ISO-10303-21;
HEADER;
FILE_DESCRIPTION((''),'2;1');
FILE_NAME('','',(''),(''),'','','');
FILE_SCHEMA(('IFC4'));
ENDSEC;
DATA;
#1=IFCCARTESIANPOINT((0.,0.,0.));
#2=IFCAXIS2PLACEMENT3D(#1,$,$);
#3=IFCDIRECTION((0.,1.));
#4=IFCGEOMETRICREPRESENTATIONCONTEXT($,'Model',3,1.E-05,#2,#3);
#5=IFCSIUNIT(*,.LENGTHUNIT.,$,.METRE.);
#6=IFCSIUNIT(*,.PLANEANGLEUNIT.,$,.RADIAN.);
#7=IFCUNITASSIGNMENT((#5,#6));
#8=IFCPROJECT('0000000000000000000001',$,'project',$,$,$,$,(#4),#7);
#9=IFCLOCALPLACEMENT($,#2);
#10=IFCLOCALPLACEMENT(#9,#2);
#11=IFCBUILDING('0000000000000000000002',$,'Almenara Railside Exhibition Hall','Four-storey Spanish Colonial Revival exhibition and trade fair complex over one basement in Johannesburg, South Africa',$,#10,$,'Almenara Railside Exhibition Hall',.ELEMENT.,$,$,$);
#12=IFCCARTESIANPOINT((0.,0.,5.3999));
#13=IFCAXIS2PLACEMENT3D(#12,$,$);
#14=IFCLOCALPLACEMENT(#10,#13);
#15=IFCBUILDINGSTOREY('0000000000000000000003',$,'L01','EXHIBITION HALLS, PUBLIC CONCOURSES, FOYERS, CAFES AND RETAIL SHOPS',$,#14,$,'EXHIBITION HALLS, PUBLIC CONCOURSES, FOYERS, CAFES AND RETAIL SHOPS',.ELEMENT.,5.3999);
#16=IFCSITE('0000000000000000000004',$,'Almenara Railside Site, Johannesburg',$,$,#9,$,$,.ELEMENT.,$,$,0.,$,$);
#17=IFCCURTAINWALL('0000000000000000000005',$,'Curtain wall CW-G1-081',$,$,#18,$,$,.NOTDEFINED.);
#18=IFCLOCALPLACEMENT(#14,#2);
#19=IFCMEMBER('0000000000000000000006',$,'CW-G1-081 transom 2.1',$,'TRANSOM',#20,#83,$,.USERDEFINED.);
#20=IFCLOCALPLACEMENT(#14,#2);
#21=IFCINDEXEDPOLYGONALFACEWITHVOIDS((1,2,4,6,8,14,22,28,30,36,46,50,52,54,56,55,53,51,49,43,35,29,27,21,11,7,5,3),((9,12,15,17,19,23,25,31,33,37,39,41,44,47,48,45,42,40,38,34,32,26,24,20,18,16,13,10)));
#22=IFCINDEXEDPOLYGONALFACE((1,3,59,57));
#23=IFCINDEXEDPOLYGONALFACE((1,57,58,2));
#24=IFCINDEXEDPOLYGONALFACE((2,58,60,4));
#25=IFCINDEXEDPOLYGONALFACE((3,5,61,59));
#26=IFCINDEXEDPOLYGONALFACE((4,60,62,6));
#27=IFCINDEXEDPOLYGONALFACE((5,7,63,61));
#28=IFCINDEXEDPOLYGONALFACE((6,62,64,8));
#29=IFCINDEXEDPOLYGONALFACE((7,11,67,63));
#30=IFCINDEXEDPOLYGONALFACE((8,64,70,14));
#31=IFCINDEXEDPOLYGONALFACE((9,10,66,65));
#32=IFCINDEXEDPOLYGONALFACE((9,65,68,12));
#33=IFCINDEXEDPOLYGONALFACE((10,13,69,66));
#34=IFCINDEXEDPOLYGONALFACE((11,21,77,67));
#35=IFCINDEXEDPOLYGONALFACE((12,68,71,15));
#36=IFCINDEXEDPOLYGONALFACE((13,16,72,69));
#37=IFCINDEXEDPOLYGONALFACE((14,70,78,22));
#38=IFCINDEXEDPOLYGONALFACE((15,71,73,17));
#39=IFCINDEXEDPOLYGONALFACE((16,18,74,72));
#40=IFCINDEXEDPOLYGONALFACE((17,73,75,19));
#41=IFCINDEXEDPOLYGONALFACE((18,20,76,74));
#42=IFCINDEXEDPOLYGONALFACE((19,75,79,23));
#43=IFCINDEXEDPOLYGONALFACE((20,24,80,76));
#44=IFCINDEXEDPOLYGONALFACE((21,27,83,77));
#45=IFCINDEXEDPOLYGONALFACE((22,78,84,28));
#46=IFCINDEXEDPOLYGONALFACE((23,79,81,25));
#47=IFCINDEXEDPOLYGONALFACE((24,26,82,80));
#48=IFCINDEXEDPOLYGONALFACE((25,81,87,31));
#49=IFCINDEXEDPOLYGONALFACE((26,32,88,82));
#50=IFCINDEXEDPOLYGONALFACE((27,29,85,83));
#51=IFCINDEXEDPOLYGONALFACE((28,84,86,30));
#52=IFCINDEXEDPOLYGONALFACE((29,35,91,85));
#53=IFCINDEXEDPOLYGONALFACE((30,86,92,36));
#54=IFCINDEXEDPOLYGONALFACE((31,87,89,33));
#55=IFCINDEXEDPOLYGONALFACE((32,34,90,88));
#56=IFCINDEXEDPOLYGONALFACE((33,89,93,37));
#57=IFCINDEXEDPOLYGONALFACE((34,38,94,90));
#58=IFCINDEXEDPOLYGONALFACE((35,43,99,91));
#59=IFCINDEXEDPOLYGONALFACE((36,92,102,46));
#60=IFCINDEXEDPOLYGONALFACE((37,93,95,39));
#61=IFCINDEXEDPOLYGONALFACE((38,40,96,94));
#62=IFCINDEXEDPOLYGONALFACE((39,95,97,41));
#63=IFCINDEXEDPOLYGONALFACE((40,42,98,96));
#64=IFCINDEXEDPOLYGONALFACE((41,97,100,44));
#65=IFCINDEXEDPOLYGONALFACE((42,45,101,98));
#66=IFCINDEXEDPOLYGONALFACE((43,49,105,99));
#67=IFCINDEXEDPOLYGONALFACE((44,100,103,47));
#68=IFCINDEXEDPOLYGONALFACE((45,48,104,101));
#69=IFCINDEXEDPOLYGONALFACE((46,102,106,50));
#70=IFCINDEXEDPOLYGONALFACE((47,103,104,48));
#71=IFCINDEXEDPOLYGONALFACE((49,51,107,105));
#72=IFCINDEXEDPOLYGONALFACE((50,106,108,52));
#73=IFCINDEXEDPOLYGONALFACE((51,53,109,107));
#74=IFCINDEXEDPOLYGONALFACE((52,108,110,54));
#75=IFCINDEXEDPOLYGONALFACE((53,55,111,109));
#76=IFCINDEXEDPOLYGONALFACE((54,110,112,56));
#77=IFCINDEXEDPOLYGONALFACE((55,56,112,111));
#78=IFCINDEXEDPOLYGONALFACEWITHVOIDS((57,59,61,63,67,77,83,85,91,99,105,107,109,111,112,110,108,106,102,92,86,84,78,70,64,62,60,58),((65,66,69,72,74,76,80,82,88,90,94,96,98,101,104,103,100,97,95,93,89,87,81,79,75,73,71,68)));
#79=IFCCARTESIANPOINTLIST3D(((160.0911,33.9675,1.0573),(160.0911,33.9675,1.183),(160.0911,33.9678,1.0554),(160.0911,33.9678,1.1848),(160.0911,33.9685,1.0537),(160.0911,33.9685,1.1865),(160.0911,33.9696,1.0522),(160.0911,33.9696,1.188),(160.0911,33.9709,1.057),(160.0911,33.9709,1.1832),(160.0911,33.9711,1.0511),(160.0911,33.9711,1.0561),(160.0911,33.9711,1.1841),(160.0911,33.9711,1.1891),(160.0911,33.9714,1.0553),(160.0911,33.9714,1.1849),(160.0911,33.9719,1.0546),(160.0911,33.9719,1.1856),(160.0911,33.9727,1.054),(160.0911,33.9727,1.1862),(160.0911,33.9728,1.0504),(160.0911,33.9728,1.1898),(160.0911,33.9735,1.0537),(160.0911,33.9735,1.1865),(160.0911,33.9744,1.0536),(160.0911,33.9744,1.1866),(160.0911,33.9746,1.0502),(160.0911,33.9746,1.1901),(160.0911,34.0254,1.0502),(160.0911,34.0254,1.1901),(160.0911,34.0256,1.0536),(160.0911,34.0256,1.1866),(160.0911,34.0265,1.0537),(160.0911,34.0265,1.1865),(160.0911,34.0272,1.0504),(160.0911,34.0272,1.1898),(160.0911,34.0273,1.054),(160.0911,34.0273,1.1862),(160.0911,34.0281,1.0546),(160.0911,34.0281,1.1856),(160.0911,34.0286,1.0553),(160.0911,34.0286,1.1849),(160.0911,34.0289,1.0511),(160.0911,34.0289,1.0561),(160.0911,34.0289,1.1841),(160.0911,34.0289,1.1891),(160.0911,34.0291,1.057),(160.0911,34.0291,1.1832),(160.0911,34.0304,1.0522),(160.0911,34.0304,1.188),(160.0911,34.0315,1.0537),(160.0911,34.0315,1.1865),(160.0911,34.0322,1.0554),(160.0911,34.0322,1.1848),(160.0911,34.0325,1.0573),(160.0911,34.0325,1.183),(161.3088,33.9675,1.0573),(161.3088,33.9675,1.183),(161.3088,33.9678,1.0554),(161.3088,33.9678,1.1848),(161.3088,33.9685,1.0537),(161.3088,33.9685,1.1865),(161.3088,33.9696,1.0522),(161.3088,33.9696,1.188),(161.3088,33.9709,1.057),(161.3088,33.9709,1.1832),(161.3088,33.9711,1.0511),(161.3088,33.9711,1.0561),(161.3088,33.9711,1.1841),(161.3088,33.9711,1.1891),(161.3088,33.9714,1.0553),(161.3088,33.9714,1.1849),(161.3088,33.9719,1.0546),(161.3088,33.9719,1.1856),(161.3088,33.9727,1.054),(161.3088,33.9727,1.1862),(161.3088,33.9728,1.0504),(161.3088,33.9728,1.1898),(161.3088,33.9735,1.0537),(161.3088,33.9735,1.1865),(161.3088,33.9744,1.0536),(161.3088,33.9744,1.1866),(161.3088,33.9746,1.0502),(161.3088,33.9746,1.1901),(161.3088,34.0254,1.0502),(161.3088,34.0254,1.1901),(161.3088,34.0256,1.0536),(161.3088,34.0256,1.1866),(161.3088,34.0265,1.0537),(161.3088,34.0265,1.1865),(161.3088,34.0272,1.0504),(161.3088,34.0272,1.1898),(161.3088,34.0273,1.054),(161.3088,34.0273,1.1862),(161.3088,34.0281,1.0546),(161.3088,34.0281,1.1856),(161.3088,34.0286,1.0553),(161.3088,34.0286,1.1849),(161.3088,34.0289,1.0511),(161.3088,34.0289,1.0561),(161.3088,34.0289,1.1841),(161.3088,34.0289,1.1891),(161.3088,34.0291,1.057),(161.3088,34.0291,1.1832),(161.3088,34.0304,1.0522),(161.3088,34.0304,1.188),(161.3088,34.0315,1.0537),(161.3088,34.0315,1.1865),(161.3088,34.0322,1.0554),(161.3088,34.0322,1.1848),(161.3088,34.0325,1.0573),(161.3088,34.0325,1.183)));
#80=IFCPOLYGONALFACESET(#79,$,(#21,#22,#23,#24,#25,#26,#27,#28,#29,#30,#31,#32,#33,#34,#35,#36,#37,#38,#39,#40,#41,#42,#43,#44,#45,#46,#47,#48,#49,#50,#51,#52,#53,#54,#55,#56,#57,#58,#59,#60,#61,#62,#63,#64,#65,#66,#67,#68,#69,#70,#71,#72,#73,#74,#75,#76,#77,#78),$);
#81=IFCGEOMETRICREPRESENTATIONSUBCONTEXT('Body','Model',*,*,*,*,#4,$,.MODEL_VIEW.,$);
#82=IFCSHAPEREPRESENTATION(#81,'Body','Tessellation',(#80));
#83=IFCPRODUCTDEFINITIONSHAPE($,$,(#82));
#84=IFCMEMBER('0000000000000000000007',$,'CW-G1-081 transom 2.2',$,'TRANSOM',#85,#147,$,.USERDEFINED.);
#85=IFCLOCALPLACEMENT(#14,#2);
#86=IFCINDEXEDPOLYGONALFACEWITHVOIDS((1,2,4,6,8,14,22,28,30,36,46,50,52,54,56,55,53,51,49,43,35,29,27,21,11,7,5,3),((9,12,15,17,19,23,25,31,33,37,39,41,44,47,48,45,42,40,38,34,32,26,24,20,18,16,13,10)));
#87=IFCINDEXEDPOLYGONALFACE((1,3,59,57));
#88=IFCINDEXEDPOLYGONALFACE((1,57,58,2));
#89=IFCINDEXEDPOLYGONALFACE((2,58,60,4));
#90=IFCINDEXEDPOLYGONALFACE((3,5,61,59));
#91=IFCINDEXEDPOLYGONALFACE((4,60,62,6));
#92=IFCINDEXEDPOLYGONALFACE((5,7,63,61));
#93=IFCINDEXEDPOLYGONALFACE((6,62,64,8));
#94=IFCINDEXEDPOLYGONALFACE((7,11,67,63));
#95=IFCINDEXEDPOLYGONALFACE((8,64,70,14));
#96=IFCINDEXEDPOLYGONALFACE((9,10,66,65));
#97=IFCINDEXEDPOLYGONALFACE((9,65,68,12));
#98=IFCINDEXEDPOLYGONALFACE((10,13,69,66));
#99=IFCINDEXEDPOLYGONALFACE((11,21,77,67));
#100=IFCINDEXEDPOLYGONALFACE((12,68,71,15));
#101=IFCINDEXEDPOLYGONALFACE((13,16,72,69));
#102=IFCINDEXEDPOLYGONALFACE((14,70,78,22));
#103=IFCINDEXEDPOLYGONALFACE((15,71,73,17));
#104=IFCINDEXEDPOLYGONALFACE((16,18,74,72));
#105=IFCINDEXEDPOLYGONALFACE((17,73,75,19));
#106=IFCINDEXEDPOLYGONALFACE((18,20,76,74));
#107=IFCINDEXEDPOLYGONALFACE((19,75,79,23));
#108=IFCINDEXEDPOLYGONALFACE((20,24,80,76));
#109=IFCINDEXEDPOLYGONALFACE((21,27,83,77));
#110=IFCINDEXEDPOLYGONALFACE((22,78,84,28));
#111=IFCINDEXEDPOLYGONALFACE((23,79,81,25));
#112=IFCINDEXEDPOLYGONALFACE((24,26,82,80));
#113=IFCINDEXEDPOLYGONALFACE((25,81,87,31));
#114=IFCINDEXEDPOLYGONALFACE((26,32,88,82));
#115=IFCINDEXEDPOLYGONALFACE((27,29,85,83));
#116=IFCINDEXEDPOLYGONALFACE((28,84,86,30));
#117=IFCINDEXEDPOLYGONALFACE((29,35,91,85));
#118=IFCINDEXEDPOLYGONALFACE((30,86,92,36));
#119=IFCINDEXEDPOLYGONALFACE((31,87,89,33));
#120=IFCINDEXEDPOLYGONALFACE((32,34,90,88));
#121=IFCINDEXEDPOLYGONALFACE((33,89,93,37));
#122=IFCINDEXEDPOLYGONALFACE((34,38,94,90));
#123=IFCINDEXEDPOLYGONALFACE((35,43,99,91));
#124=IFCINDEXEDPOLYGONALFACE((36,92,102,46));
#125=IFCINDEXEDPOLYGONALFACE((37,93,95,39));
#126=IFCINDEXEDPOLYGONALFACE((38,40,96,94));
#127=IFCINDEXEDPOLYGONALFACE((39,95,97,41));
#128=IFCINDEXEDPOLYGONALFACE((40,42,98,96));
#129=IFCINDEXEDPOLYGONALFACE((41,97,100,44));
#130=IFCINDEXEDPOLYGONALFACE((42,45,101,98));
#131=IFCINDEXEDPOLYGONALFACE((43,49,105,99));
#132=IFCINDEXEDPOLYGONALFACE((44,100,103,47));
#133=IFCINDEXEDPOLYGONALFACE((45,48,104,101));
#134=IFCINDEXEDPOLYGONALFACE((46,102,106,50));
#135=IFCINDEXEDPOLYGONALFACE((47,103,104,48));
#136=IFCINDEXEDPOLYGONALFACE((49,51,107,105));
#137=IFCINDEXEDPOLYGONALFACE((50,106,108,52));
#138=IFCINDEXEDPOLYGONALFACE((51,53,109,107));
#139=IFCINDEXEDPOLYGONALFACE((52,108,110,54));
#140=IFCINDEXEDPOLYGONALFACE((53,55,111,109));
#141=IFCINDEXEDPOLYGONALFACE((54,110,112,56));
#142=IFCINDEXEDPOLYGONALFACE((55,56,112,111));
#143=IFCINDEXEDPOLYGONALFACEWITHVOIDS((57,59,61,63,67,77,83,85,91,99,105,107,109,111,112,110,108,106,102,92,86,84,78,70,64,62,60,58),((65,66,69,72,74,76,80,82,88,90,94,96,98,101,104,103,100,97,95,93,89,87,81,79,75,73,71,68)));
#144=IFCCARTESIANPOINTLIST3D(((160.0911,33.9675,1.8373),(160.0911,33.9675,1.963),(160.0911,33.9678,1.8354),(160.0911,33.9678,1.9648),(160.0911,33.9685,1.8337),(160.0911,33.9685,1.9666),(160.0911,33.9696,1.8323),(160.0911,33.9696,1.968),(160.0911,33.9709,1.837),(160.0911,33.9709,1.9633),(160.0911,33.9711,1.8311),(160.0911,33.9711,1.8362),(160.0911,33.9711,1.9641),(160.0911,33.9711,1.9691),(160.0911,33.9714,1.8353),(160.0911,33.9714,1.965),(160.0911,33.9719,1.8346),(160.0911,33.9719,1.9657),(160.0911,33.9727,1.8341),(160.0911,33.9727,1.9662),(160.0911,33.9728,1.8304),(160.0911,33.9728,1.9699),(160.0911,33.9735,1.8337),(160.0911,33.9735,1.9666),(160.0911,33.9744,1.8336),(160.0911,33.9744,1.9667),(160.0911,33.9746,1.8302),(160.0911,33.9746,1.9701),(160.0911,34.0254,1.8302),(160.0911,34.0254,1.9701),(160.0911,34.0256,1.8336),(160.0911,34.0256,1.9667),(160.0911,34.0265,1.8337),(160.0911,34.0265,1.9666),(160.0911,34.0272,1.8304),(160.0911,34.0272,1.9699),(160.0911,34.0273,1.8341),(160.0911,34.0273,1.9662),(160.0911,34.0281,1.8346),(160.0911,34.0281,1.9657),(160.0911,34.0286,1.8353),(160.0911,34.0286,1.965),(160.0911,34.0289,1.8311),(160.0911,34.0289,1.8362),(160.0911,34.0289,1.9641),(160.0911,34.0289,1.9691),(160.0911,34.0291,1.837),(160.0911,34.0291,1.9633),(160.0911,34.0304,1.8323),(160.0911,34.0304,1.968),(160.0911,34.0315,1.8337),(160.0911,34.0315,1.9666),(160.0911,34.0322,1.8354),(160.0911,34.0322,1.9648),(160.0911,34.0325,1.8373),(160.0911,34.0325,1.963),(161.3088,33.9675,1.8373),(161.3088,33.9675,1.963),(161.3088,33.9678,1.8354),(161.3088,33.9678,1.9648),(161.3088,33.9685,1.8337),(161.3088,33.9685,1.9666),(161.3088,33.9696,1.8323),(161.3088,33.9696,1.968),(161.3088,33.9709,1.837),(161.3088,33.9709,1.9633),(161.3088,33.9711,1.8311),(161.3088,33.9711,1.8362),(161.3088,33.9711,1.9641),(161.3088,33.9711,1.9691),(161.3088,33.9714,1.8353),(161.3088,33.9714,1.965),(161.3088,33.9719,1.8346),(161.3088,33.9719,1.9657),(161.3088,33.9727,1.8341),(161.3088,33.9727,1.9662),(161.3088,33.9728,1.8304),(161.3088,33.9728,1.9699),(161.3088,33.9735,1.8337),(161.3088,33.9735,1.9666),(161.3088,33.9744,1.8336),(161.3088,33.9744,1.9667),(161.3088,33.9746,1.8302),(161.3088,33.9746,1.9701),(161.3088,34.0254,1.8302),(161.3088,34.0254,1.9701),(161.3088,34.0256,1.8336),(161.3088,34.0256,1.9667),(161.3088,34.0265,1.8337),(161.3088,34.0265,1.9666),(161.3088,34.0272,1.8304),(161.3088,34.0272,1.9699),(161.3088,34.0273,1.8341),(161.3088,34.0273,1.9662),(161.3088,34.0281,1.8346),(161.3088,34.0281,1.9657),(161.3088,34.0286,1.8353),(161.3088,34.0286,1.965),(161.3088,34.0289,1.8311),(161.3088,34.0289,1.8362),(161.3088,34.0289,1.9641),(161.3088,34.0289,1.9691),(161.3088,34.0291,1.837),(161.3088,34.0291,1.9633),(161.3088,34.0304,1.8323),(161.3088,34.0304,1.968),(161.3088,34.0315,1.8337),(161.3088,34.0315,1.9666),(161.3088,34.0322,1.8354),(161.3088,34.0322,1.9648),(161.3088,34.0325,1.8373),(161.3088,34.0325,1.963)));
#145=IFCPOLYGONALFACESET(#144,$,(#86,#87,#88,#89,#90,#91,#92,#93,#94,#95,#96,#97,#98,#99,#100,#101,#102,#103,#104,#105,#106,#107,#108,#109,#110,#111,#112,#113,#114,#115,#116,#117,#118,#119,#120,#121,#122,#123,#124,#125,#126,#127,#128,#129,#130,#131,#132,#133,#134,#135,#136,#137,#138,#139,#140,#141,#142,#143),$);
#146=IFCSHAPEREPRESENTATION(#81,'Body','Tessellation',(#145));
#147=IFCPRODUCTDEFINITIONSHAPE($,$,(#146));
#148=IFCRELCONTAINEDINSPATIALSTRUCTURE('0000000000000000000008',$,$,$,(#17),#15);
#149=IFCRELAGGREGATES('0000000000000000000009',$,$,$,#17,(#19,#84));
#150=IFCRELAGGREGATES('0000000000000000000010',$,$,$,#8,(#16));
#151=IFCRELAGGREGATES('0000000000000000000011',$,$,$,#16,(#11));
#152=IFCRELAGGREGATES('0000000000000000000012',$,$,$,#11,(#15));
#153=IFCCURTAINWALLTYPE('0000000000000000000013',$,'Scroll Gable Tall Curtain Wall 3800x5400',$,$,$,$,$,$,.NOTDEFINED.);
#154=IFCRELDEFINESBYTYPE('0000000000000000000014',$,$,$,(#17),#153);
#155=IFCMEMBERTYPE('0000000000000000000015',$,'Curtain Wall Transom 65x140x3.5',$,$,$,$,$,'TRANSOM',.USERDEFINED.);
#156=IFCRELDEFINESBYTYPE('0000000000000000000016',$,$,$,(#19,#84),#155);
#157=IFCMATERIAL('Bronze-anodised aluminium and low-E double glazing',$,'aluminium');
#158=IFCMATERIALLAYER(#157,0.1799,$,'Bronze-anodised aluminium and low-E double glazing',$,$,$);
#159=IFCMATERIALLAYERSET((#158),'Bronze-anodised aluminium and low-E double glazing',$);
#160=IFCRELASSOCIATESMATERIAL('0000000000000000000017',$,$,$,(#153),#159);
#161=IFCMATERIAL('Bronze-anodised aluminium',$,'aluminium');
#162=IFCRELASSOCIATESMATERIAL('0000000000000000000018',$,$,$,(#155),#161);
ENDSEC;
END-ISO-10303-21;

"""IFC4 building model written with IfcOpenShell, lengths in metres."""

from ifc_helpers import new_model, si_unit, direction, frame, origin, origin_2d, place, context, subcontext, project, spatial, hollow_rectangle, extrude, material, layer, layer_set, material_profile, profile_set, type_object, element, aggregate, save


model = new_model("IFC4")

# Units and contexts
model_context = context("Model", 3, precision=1e-05, world=origin(), true_north=direction((0.0, 1.0)))
body_context = subcontext(model_context, "Body", "Model", "MODEL_VIEW")
ifc_project = project(units=[si_unit("LENGTHUNIT", "METRE"), si_unit("PLANEANGLEUNIT", "RADIAN")], contexts=[model_context])

# Site, building, storey
site_placement = place(None, origin())
site = spatial("IfcSite", under=ifc_project, at=site_placement, Name="Almenara Railside Site, Johannesburg", CompositionType="ELEMENT", RefElevation=0.0)
building_placement = place(site_placement, origin())
building = spatial("IfcBuilding", under=site, at=building_placement, Name="Almenara Railside Exhibition Hall", Description="Four-storey Spanish Colonial Revival exhibition and trade fair complex over one basement in Johannesburg, South Africa", LongName="Almenara Railside Exhibition Hall", CompositionType="ELEMENT")
storey_placement = place(building_placement, frame((0.0, 0.0, 5.3999)))
storey = spatial("IfcBuildingStorey", under=building, at=storey_placement, Name="L01", Description="EXHIBITION HALLS, PUBLIC CONCOURSES, FOYERS, CAFES AND RETAIL SHOPS", LongName="EXHIBITION HALLS, PUBLIC CONCOURSES, FOYERS, CAFES AND RETAIL SHOPS", CompositionType="ELEMENT", Elevation=5.3999)

# Curtain wall
ifc_material_1 = material(Name="Bronze-anodised aluminium and low-E double glazing", Category="aluminium")
ifc_layer_1 = layer(ifc_material_1, 0.1799, Name="Bronze-anodised aluminium and low-E double glazing")
ifc_layer_set_1 = layer_set([ifc_layer_1], Name="Bronze-anodised aluminium and low-E double glazing")
curtain_wall_type_1 = type_object("IfcCurtainWallType", Name="Scroll Gable Tall Curtain Wall 3800x5400", PredefinedType="NOTDEFINED", material=ifc_layer_set_1)
curtain_wall_1_placement = place(storey_placement, origin())
curtain_wall_1 = element("IfcCurtainWall", 1, at=curtain_wall_1_placement, inside=storey, type_object=curtain_wall_type_1, Name="Curtain wall CW-G1-081", PredefinedType="NOTDEFINED")
ifc_material_2 = material(Name="Bronze-anodised aluminium", Category="aluminium")

# Members
ifc_material_profile_1 = material_profile(ifc_material_2, hollow_rectangle(XDim=0.0649, YDim=0.1399, WallThickness=0.0034, InnerFilletRadius=0.0034, OuterFilletRadius=0.0071, at=origin_2d()), Name="ALU-TRN 65x140x3.5")
ifc_profile_set_1 = profile_set([ifc_material_profile_1], Name="Bronze-anodised aluminium")
member_type_1 = type_object("IfcMemberType", Name="Curtain Wall Transom 65x140x3.5", ElementType="TRANSOM", PredefinedType="USERDEFINED", material=ifc_profile_set_1)
member_1_placement = place(storey_placement, frame((160.0911, 34.0, 1.1201), z_axis=(1.0, 0.0, 0.0), x_axis=(0.0, 1.0, 0.0)))
member_1 = element("IfcMember", 2, at=member_1_placement, type_object=member_type_1, Name="CW-G1-081 transom 2.1", ObjectType="TRANSOM", PredefinedType="USERDEFINED", context=body_context, shape_type="SweptSolid", body=[
    extrude(hollow_rectangle(XDim=0.0649, YDim=0.1399, WallThickness=0.0034, InnerFilletRadius=0.0034, OuterFilletRadius=0.0071, at=origin_2d()), origin(), (0.0, 0.0, 1.0), 1.2178),
])
member_2_placement = place(storey_placement, frame((160.0911, 34.0, 1.9001), z_axis=(1.0, 0.0, 0.0), x_axis=(0.0, 1.0, 0.0)))
member_2 = element("IfcMember", 3, at=member_2_placement, type_object=member_type_1, Name="CW-G1-081 transom 2.2", ObjectType="TRANSOM", PredefinedType="USERDEFINED", context=body_context, shape_type="SweptSolid", body=[
    extrude(hollow_rectangle(XDim=0.0649, YDim=0.1399, WallThickness=0.0034, InnerFilletRadius=0.0034, OuterFilletRadius=0.0071, at=origin_2d()), origin(), (0.0, 0.0, 1.0), 1.2178),
])

aggregate(curtain_wall_1, [member_1, member_2])

save(model, "model.ifc")
